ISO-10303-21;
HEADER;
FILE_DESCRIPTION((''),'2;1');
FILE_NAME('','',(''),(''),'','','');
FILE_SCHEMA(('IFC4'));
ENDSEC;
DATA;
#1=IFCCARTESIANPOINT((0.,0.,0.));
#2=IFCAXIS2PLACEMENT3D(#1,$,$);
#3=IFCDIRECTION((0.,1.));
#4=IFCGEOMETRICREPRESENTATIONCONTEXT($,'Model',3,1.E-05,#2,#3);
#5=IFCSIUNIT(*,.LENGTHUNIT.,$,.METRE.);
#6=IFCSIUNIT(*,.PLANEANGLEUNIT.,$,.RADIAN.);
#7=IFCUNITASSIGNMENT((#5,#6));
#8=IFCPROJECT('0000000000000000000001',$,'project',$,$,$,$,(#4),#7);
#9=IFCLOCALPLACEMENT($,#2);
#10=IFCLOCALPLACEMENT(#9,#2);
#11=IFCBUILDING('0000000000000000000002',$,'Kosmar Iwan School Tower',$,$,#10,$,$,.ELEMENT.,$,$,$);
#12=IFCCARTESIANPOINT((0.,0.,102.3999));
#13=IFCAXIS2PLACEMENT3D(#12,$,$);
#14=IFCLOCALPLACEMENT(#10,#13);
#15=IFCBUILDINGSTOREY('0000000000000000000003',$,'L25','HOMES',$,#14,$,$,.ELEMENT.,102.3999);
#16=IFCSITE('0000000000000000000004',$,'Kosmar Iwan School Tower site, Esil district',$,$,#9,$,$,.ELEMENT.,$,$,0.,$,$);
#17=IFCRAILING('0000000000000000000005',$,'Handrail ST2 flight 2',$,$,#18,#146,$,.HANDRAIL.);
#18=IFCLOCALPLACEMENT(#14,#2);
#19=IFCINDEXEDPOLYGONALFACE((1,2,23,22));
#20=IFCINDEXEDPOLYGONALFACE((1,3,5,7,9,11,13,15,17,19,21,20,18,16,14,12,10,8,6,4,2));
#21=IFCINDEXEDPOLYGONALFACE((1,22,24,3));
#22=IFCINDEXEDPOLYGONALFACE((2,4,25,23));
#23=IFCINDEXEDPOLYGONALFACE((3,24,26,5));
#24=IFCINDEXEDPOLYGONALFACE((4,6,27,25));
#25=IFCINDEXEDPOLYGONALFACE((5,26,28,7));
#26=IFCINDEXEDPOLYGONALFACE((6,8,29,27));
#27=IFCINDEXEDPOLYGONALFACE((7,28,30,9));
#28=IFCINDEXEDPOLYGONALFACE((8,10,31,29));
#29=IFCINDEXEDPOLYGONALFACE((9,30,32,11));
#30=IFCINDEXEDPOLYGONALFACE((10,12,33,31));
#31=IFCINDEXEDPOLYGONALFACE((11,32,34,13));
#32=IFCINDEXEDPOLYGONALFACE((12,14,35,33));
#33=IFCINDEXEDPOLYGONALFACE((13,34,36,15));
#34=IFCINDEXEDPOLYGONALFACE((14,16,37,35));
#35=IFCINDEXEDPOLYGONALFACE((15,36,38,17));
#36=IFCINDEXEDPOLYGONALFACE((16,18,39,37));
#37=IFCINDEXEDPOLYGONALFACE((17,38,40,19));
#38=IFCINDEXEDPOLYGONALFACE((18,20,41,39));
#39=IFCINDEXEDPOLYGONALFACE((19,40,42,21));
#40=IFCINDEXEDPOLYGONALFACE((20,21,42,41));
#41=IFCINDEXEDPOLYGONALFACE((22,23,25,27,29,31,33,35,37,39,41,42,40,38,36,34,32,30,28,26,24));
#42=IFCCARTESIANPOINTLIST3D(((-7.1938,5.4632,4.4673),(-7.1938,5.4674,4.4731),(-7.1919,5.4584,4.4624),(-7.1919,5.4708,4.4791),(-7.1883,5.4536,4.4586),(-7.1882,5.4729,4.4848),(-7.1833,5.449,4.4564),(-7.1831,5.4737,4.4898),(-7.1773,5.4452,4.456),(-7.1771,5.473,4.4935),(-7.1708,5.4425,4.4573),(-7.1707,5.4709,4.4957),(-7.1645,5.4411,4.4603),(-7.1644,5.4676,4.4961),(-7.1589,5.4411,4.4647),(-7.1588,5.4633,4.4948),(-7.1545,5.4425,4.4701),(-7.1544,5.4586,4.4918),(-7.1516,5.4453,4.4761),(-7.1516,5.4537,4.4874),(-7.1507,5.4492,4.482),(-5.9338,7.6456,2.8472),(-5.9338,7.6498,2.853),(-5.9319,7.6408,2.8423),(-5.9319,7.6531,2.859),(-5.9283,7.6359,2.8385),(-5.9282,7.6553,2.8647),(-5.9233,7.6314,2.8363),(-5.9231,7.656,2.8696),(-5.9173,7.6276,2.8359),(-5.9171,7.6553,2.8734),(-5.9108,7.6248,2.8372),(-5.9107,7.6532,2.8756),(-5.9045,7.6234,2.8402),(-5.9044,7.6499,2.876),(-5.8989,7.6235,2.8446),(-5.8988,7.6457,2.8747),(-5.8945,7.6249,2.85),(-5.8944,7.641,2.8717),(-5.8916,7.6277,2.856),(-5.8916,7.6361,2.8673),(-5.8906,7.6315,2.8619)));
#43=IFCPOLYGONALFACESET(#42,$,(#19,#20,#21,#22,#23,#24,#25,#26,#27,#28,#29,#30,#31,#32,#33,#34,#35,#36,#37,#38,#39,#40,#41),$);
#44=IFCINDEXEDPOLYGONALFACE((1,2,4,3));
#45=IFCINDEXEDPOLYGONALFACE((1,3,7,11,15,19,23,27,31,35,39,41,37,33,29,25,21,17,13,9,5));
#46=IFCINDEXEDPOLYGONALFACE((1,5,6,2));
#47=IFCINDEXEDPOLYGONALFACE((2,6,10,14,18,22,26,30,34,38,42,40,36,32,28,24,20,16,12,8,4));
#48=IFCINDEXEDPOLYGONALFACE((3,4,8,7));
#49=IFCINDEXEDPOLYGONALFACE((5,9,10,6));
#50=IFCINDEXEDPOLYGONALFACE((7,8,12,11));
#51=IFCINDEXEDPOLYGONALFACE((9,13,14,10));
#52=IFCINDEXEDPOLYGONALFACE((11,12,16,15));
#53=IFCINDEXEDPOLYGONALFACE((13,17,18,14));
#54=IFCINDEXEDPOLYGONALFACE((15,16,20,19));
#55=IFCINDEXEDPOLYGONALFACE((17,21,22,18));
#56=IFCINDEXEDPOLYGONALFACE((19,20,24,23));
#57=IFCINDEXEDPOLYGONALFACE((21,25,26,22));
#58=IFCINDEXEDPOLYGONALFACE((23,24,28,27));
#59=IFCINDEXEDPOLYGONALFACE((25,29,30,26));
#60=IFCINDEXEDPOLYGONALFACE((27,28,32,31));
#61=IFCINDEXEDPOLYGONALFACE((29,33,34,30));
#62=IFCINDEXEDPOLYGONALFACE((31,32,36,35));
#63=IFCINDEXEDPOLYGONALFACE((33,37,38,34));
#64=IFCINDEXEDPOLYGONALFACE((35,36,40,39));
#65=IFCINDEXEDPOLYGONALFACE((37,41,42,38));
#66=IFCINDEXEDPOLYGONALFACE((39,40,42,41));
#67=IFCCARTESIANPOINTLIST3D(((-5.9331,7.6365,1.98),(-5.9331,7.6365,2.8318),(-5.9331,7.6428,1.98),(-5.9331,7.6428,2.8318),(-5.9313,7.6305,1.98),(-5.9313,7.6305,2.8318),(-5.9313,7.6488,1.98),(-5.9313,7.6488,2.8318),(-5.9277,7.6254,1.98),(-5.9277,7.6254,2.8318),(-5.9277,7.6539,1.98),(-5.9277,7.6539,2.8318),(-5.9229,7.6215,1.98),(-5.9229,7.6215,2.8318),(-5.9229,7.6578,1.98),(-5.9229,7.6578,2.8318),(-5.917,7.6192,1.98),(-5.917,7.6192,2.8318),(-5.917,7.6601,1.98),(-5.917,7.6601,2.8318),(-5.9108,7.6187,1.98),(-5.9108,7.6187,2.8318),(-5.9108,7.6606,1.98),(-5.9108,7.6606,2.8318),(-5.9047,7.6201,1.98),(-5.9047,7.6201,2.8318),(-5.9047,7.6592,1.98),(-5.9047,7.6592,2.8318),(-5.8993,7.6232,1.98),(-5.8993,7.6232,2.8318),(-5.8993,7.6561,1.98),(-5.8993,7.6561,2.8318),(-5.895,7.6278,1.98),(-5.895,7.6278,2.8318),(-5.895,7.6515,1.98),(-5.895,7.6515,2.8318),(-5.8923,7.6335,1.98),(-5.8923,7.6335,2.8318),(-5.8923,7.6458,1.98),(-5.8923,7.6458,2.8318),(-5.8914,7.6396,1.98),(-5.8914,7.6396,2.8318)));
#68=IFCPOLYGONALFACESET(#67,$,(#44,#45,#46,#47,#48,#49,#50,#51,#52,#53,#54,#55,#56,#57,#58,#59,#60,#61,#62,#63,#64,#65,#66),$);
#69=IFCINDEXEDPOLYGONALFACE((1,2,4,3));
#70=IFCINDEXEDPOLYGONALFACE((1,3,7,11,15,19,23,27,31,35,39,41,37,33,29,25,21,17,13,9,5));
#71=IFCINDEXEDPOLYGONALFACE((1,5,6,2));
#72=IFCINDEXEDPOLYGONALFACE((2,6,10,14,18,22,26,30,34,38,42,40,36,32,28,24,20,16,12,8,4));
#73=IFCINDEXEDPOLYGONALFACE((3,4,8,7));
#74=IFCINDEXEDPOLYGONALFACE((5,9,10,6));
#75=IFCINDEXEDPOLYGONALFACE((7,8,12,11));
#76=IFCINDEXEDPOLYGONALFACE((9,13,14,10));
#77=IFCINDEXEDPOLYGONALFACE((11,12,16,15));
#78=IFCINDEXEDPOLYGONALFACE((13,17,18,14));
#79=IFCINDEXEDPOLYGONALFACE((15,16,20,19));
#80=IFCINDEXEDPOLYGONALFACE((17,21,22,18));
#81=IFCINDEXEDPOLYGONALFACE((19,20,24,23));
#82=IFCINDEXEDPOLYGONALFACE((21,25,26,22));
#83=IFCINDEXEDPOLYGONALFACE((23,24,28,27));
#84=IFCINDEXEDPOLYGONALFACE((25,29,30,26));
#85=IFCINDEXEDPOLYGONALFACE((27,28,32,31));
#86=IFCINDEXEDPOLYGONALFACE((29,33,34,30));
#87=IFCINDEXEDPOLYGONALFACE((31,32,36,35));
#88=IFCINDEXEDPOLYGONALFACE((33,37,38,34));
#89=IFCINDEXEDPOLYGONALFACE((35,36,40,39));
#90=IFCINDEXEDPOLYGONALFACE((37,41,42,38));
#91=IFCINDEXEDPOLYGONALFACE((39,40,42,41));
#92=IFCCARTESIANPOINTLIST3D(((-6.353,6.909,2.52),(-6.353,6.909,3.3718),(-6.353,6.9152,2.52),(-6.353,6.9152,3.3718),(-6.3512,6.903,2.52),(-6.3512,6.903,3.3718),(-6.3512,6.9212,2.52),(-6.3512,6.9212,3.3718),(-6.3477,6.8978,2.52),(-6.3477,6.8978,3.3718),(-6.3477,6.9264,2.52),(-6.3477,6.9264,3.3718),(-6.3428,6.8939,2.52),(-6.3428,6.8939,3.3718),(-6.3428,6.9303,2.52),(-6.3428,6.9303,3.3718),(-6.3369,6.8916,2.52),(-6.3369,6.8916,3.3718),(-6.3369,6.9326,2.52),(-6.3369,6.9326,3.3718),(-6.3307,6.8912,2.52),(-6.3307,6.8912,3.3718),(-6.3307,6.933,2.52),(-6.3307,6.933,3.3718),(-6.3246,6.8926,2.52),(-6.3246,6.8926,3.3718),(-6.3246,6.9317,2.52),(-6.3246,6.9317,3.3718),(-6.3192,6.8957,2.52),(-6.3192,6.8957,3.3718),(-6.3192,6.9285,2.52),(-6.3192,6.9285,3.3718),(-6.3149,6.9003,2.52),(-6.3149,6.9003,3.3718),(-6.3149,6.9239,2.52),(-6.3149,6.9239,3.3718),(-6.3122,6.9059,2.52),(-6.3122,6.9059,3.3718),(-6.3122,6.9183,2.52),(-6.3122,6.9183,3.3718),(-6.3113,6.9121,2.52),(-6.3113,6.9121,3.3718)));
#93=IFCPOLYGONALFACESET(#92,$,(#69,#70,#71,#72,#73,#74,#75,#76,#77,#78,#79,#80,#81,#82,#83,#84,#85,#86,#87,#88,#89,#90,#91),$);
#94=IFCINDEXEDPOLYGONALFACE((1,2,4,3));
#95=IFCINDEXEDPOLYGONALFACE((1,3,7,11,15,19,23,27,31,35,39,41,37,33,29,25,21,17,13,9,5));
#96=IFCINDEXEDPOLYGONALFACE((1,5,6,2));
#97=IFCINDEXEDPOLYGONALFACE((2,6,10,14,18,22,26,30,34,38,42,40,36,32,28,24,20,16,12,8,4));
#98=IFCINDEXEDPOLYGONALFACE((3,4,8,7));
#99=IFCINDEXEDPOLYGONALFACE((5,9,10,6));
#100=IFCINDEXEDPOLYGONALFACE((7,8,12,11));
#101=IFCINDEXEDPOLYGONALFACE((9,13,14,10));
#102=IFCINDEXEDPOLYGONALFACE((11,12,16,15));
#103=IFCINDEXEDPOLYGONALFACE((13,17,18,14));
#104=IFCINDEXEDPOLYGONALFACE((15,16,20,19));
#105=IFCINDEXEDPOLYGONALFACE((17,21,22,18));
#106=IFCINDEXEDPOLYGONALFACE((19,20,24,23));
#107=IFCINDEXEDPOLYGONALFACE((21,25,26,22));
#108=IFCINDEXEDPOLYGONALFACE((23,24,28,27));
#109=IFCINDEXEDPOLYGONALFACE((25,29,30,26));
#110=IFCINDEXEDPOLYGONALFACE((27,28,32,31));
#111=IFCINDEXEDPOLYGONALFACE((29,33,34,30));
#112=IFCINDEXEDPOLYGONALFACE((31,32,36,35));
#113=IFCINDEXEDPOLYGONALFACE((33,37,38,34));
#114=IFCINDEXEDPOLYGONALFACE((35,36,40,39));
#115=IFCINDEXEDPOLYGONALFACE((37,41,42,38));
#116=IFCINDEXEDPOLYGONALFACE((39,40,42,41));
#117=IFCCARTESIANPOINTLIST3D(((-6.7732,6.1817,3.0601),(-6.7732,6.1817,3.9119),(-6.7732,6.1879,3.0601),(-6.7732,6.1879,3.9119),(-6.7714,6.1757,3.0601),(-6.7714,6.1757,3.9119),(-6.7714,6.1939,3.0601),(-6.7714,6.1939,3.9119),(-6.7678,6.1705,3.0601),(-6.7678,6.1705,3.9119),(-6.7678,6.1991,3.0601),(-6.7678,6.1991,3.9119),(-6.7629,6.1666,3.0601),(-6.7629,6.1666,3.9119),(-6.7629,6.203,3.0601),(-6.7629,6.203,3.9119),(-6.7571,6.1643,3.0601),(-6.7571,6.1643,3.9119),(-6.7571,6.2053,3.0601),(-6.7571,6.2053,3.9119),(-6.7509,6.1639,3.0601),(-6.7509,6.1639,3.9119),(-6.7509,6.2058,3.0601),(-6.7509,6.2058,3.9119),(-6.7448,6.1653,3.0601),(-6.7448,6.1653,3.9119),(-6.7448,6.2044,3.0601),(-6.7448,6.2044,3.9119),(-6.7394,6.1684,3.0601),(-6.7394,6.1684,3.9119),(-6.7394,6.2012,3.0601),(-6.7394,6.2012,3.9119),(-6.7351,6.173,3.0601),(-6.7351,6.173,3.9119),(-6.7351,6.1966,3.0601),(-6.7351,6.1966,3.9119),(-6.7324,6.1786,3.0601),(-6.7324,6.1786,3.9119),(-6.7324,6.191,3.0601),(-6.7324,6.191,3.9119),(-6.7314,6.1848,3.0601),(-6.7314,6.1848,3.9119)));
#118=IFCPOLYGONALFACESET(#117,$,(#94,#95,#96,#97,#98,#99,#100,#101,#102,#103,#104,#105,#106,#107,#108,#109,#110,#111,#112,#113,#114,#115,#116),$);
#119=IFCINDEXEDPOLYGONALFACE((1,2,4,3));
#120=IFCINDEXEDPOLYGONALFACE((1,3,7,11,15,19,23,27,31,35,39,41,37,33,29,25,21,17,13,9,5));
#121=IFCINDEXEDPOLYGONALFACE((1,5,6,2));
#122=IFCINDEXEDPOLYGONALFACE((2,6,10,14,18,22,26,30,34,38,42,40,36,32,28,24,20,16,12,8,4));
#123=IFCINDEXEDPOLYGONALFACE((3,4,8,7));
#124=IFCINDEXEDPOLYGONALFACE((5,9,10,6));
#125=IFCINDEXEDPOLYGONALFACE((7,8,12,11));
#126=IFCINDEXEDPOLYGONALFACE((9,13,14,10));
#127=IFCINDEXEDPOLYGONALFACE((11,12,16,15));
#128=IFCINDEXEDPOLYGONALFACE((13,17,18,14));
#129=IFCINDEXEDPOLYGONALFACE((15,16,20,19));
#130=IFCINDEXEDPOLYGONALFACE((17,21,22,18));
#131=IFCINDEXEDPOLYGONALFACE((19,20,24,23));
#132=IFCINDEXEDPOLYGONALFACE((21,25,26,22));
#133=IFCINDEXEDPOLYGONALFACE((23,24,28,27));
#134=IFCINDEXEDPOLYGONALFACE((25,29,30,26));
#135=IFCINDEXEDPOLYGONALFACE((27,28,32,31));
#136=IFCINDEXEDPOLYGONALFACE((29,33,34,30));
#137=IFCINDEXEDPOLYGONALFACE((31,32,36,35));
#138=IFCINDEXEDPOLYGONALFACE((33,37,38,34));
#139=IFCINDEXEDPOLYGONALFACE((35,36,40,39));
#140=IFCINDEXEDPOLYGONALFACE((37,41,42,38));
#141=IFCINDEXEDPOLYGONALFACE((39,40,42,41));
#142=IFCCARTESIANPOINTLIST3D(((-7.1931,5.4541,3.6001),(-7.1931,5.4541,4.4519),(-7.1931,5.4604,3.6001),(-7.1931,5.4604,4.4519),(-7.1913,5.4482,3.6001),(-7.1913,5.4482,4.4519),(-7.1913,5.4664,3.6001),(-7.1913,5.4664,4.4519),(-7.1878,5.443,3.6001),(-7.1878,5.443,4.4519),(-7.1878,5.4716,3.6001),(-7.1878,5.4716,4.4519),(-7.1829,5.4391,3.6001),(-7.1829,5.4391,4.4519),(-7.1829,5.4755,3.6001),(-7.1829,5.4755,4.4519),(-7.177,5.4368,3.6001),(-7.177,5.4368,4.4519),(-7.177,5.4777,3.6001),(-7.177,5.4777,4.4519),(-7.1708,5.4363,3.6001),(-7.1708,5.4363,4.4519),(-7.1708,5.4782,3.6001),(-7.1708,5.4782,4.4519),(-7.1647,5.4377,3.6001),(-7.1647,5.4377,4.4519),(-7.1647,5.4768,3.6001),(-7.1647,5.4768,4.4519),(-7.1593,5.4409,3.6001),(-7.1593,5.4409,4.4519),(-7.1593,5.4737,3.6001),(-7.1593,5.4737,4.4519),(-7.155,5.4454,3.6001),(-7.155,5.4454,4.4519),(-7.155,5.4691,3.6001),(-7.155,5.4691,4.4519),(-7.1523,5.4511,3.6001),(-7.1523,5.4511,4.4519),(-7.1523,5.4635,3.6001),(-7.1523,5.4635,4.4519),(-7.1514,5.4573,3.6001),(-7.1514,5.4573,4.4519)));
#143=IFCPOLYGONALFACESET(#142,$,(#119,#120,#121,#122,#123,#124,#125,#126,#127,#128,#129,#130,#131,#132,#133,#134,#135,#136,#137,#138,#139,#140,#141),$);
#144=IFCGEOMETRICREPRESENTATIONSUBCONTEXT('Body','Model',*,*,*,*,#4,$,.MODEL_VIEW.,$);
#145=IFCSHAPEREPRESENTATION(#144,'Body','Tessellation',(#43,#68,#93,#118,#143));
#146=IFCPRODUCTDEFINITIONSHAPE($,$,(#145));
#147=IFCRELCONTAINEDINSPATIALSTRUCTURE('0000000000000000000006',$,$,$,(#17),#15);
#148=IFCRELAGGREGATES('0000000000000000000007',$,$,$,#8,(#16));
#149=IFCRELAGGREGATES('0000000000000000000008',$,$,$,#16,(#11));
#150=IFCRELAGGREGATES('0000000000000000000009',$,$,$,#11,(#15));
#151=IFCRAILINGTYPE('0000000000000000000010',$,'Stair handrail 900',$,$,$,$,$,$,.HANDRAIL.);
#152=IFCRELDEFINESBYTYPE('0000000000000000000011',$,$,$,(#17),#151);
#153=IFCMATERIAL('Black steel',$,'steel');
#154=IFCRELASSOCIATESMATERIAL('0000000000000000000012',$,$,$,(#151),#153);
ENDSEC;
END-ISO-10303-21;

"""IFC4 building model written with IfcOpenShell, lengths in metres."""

from ifc_helpers import new_model, si_unit, direction, frame, origin, origin_2d, place, context, subcontext, project, spatial, circle, extrude, material, type_object, element, save


model = new_model("IFC4")

# Units and contexts
model_context = context("Model", 3, precision=1e-05, world=origin(), true_north=direction((0.0, 1.0)))
body_context = subcontext(model_context, "Body", "Model", "MODEL_VIEW")
ifc_project = project(units=[si_unit("LENGTHUNIT", "METRE"), si_unit("PLANEANGLEUNIT", "RADIAN")], contexts=[model_context])

# Site, building, storey
site_placement = place(None, origin())
site = spatial("IfcSite", under=ifc_project, at=site_placement, Name="Kosmar Iwan School Tower site, Esil district", CompositionType="ELEMENT", RefElevation=0.0)
building_placement = place(site_placement, origin())
building = spatial("IfcBuilding", under=site, at=building_placement, Name="Kosmar Iwan School Tower", CompositionType="ELEMENT")
storey_placement = place(building_placement, frame((0.0, 0.0, 102.3999)))
storey = spatial("IfcBuildingStorey", under=building, at=storey_placement, Name="L25", Description="HOMES", CompositionType="ELEMENT", Elevation=102.3999)

# Railing
ifc_material_1 = material(Name="Black steel", Category="steel")
railing_type = type_object("IfcRailingType", Name="Stair handrail 900", PredefinedType="HANDRAIL", material=ifc_material_1)
railing_1_placement = place(storey_placement, frame((-5.9124, 7.6396, 1.98)))
element("IfcRailing", 1, at=railing_1_placement, inside=storey, type_object=railing_type, Name="Handrail ST2 flight 2", PredefinedType="HANDRAIL", context=body_context, shape_type="SweptSolid", body=[
    extrude(circle(Radius=0.0239, at=origin_2d()), frame((0.0, 0.0, 0.876), z_axis=(-0.420584, -0.728464, 0.540786), x_axis=(0.866023, -0.500005, 0.0)), (0.0, 0.0, 1.0), 2.9958),
    extrude(circle(Radius=0.021, at=origin_2d()), origin(), (0.0, 0.0, 1.0), 0.8518),
    extrude(circle(Radius=0.021, at=origin_2d()), frame((-0.4199, -0.7275, 0.54)), (0.0, 0.0, 1.0), 0.8518),
    extrude(circle(Radius=0.021, at=origin_2d()), frame((-0.8401, -1.4548, 1.0801)), (0.0, 0.0, 1.0), 0.8518),
    extrude(circle(Radius=0.021, at=origin_2d()), frame((-1.26, -2.1824, 1.6201)), (0.0, 0.0, 1.0), 0.8518),
])

save(model, "model.ifc")
